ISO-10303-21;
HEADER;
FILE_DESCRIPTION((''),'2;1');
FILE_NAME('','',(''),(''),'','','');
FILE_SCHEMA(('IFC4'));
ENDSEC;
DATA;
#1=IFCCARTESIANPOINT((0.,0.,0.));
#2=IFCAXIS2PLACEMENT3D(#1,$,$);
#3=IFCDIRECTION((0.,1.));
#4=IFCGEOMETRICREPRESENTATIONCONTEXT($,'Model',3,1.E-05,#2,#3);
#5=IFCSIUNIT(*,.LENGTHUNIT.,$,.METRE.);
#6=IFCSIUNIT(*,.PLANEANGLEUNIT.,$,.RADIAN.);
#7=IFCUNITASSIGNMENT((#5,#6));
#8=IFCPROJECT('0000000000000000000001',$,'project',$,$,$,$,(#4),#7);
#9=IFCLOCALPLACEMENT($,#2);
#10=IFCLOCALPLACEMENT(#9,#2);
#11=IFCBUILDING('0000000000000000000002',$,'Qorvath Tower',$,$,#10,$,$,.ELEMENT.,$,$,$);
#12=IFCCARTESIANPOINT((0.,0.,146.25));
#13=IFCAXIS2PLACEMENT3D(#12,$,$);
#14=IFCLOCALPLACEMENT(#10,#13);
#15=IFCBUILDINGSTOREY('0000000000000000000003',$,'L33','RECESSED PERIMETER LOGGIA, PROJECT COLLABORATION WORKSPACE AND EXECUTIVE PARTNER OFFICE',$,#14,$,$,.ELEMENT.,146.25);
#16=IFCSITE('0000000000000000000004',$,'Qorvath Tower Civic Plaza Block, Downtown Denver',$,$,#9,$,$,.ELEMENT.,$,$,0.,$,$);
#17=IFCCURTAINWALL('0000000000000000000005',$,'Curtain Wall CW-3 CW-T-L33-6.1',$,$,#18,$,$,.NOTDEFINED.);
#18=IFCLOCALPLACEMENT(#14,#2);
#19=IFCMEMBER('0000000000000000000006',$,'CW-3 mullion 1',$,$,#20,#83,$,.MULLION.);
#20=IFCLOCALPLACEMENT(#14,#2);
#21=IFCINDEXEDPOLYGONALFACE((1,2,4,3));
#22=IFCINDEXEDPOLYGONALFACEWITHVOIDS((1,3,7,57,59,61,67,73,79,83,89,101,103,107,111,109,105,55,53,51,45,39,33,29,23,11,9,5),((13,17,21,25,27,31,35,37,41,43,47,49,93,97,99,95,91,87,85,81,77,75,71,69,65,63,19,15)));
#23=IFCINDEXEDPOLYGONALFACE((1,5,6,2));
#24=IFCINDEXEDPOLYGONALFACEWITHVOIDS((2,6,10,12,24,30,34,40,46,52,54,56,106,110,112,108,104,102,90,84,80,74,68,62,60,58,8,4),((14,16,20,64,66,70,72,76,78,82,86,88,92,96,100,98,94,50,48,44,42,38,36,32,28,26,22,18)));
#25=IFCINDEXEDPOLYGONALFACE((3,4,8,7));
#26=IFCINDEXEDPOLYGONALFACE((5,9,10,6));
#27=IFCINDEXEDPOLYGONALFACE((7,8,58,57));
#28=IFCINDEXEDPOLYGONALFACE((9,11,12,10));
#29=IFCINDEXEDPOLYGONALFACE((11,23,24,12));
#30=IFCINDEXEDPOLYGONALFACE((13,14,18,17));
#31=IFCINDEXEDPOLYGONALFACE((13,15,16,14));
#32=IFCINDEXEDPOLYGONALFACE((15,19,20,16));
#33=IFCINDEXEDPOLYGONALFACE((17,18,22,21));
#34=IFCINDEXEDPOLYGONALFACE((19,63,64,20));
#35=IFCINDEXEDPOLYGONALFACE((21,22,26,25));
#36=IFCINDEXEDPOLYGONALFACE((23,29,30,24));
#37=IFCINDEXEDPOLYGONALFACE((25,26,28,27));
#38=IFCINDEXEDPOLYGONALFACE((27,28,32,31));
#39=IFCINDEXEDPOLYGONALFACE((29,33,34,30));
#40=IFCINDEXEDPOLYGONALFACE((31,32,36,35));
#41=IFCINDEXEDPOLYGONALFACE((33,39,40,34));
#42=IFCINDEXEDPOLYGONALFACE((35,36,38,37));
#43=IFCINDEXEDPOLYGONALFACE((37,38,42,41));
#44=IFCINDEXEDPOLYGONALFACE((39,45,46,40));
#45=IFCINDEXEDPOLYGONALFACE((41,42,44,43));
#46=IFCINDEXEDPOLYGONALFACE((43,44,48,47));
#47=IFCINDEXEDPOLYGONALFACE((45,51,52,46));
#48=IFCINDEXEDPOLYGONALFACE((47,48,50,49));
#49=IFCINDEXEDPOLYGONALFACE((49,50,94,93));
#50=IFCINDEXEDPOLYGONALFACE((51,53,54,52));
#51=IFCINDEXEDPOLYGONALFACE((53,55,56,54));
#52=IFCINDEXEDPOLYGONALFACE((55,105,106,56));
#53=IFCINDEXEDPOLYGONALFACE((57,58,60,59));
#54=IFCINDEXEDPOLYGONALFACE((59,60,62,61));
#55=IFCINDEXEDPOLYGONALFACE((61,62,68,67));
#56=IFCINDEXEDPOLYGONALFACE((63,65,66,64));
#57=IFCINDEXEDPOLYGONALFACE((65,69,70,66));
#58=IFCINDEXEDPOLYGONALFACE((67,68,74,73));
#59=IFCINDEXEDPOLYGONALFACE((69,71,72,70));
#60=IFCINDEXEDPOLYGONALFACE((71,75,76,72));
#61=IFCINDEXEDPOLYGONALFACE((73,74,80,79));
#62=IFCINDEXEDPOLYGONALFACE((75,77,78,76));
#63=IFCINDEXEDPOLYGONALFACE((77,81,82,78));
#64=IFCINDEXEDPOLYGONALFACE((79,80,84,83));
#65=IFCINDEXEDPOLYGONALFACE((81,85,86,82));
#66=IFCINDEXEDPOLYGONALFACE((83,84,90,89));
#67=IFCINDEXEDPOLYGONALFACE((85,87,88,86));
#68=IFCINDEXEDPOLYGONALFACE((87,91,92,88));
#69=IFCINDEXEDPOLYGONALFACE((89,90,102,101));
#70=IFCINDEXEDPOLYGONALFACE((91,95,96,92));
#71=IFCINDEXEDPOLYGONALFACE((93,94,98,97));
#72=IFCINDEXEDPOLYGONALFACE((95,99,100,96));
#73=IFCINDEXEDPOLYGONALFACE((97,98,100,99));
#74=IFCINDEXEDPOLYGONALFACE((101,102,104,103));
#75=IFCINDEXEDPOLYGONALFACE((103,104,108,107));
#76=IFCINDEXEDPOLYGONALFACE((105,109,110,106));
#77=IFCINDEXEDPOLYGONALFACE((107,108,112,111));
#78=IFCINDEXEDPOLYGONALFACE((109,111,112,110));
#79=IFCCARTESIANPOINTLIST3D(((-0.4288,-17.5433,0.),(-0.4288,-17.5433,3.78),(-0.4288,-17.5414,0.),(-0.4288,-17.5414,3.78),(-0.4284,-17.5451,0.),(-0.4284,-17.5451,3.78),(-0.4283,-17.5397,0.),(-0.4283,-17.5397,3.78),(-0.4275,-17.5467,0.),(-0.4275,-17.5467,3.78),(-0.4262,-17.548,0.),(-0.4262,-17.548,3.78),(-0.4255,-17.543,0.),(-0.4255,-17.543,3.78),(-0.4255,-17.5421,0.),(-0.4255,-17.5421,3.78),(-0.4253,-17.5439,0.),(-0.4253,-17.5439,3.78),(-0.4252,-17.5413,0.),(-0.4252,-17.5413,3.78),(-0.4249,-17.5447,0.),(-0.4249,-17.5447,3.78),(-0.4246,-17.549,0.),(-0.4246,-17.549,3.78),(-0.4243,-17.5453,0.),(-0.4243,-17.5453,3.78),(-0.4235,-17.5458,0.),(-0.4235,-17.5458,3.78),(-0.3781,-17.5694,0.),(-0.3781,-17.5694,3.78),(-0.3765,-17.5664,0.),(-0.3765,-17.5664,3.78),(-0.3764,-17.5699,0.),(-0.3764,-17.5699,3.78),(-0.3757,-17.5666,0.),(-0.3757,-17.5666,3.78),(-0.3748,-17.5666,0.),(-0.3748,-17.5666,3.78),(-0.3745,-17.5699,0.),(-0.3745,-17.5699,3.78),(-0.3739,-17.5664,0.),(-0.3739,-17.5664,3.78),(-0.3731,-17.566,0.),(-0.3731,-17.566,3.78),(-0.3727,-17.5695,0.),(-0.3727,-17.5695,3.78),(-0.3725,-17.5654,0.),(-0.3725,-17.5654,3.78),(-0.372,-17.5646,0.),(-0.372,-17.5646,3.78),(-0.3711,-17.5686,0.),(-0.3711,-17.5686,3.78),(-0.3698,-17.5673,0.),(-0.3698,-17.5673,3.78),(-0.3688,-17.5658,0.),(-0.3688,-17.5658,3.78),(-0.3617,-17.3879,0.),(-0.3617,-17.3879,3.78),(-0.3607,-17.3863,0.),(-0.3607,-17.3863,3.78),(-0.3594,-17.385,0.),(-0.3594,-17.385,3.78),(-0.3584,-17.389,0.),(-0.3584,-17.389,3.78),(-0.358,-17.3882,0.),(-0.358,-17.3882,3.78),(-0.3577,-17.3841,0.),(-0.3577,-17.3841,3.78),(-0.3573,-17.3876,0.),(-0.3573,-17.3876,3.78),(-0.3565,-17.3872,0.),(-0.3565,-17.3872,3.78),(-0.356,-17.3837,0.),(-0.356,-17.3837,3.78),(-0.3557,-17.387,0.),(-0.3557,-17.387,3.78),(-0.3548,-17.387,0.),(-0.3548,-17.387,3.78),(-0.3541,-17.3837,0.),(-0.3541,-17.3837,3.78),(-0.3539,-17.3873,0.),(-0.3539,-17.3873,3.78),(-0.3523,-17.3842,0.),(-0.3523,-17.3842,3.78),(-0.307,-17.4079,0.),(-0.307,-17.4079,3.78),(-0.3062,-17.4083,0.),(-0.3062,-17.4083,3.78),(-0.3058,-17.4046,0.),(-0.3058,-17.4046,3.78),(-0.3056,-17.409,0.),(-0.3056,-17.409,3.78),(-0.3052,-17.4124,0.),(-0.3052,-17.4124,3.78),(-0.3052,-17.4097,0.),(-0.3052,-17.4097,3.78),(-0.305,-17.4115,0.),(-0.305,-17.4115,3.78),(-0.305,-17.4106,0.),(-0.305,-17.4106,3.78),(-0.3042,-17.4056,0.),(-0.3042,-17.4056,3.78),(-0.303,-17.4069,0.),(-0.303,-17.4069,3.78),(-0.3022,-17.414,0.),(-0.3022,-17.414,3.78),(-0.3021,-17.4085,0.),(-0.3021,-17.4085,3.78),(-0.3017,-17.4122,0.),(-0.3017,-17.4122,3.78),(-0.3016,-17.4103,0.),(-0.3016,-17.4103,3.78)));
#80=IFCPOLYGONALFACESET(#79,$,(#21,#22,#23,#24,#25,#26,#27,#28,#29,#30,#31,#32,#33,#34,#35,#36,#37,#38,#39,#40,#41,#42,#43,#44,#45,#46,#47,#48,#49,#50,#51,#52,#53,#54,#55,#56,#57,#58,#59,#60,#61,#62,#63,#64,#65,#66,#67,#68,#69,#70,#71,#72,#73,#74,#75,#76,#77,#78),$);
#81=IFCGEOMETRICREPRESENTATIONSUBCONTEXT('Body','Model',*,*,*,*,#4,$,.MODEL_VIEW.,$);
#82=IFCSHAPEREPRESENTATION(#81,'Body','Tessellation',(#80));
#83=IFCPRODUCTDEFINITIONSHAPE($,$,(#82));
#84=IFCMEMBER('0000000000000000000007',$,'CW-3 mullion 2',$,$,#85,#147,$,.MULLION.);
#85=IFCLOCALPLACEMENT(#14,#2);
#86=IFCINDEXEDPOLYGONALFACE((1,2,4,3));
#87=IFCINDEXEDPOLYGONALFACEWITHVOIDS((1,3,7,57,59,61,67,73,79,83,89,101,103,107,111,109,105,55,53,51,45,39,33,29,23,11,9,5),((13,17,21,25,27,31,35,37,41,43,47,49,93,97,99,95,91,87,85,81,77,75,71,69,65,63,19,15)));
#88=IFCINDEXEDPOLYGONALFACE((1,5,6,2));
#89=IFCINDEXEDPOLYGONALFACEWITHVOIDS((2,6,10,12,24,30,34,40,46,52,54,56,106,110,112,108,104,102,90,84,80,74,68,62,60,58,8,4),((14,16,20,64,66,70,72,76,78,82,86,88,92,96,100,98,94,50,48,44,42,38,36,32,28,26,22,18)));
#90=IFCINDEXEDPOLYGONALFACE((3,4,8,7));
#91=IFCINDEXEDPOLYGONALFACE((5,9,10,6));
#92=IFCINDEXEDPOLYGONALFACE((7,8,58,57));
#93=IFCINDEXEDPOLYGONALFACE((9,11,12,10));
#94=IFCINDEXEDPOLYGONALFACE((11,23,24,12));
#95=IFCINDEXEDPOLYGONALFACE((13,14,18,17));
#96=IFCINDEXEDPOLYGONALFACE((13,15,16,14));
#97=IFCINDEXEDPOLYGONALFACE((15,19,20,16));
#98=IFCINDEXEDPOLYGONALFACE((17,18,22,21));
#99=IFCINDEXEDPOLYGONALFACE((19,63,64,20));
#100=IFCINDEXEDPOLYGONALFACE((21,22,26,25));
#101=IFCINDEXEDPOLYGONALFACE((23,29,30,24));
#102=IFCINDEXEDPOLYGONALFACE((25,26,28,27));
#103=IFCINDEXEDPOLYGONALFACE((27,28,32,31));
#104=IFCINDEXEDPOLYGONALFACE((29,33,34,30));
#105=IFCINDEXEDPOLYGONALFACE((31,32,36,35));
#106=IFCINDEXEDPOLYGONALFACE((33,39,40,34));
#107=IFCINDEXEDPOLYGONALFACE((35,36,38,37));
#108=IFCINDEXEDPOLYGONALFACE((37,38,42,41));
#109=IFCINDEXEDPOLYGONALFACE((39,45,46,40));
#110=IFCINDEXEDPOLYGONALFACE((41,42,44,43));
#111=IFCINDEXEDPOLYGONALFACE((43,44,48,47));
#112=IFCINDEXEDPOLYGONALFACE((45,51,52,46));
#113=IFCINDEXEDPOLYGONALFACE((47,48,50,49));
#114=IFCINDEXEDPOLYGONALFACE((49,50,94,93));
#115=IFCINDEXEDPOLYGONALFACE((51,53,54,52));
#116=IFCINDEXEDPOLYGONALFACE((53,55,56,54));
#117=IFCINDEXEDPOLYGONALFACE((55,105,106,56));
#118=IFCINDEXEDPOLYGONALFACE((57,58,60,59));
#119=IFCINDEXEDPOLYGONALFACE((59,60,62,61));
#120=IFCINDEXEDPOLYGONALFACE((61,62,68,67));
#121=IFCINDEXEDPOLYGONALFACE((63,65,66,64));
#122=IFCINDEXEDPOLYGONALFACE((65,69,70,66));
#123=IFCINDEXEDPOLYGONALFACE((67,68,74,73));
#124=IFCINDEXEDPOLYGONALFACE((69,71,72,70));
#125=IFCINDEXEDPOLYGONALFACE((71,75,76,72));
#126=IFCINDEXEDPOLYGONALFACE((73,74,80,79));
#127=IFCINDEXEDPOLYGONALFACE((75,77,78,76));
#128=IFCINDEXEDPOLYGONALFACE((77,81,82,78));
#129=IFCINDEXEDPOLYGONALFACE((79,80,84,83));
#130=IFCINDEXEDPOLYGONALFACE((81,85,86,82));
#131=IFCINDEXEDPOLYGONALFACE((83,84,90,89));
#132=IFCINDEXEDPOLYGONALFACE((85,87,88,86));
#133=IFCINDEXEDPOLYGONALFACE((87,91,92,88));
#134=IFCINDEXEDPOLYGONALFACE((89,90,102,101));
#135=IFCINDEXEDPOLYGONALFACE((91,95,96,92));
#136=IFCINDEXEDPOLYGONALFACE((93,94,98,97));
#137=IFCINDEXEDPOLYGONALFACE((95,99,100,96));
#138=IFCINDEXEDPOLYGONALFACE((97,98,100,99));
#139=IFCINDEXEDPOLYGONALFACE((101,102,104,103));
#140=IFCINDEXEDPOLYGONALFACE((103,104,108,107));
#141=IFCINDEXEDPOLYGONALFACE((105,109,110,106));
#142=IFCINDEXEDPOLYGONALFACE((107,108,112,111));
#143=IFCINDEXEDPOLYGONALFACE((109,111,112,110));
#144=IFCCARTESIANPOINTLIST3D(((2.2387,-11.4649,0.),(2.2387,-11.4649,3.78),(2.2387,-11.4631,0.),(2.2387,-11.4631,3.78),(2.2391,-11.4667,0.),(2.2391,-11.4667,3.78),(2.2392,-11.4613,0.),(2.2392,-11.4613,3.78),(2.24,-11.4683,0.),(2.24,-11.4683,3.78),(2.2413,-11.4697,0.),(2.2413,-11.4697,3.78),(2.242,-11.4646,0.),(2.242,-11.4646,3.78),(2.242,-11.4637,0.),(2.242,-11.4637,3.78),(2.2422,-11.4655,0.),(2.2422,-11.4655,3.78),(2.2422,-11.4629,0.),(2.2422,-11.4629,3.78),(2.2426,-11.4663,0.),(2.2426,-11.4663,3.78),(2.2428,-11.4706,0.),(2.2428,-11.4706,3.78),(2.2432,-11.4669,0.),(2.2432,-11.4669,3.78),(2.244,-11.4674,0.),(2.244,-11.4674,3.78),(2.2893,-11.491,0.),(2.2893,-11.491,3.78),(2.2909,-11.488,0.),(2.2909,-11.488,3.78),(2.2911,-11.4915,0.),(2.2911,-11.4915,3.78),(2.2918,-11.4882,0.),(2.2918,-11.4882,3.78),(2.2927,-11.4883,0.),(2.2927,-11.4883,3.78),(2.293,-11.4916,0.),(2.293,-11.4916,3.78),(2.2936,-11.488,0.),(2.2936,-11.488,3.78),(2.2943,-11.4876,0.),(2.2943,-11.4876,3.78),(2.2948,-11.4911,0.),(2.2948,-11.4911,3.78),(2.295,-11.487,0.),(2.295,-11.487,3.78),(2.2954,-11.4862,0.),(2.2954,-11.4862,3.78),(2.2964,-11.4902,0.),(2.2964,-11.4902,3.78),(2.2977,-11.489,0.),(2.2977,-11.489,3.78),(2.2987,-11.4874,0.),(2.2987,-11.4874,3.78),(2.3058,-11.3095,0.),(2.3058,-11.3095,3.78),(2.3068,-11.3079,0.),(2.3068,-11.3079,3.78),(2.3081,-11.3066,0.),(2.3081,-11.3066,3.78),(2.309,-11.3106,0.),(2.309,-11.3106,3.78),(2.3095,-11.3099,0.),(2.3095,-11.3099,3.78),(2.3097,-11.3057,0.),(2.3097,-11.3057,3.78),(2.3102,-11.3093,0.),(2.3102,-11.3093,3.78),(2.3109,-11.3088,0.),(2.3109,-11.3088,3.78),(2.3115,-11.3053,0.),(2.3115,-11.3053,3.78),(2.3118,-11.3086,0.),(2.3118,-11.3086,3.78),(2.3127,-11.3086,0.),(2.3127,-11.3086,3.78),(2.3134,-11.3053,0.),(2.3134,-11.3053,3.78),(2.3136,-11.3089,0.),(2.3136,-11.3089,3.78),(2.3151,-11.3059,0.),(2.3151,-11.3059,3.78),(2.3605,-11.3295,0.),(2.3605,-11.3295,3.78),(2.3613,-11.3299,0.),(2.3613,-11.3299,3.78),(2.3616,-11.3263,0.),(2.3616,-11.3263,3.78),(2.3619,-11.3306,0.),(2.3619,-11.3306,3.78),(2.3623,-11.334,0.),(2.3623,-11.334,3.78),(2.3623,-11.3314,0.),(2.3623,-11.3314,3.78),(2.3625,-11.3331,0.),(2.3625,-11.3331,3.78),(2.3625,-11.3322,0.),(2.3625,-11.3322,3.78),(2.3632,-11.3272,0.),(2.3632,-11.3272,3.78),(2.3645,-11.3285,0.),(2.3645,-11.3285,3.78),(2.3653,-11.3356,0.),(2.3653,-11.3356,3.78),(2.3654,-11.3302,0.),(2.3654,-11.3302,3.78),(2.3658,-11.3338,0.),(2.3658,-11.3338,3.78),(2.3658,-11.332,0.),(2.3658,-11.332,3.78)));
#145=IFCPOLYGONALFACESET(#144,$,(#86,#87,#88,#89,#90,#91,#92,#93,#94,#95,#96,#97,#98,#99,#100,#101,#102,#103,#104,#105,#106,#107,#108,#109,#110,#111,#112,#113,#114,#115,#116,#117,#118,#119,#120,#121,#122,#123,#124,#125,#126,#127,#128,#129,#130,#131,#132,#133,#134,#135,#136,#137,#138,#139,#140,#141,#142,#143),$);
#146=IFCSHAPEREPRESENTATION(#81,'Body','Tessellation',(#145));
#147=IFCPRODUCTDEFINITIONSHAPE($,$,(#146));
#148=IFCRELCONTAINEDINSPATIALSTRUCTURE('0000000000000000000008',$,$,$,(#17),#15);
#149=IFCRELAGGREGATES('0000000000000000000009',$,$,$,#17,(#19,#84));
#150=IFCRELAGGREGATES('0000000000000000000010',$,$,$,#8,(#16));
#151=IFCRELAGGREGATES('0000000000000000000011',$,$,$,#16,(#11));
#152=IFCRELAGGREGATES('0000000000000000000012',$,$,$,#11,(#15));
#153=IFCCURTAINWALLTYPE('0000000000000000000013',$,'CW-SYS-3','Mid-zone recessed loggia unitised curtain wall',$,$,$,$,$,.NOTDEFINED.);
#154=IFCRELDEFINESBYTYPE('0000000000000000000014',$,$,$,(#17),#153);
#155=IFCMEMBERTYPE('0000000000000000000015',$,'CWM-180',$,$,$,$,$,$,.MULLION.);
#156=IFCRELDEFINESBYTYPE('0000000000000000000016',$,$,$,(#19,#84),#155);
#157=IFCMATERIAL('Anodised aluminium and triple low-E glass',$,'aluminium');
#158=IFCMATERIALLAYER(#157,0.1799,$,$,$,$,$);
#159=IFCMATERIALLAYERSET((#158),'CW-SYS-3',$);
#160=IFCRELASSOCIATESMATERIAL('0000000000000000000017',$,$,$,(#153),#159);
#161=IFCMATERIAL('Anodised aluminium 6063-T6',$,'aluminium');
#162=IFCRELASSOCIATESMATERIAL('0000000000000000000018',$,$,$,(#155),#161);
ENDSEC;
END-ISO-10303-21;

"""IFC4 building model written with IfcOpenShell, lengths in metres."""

from ifc_helpers import new_model, si_unit, direction, frame, origin, origin_2d, place, context, subcontext, project, spatial, hollow_rectangle, extrude, material, layer, layer_set, material_profile, profile_set, type_object, element, aggregate, save


model = new_model("IFC4")

# Units and contexts
model_context = context("Model", 3, precision=1e-05, world=origin(), true_north=direction((0.0, 1.0)))
body_context = subcontext(model_context, "Body", "Model", "MODEL_VIEW")
ifc_project = project(units=[si_unit("LENGTHUNIT", "METRE"), si_unit("PLANEANGLEUNIT", "RADIAN")], contexts=[model_context])

# Site, building, storey
site_placement = place(None, origin())
site = spatial("IfcSite", under=ifc_project, at=site_placement, Name="Qorvath Tower Civic Plaza Block, Downtown Denver", CompositionType="ELEMENT", RefElevation=0.0)
building_placement = place(site_placement, origin())
building = spatial("IfcBuilding", under=site, at=building_placement, Name="Qorvath Tower", CompositionType="ELEMENT")
storey_placement = place(building_placement, frame((0.0, 0.0, 146.25)))
storey = spatial("IfcBuildingStorey", under=building, at=storey_placement, Name="L33", Description="RECESSED PERIMETER LOGGIA, PROJECT COLLABORATION WORKSPACE AND EXECUTIVE PARTNER OFFICE", CompositionType="ELEMENT", Elevation=146.25)

# Curtain wall, members
ifc_material_1 = material(Name="Anodised aluminium and triple low-E glass", Category="aluminium")
ifc_layer_1 = layer(ifc_material_1, 0.1799)
ifc_layer_set_1 = layer_set([ifc_layer_1], Name="CW-SYS-3")
curtain_wall_type = type_object("IfcCurtainWallType", Name="CW-SYS-3", Description="Mid-zone recessed loggia unitised curtain wall", PredefinedType="NOTDEFINED", material=ifc_layer_set_1)
ifc_material_2 = material(Name="Anodised aluminium 6063-T6", Category="aluminium")
ifc_material_profile_1 = material_profile(ifc_material_2, hollow_rectangle(XDim=0.0649, YDim=0.1799, WallThickness=0.0034, InnerFilletRadius=0.0034, OuterFilletRadius=0.0071, at=origin_2d()), Name="CWM 180x65")
ifc_profile_set_1 = profile_set([ifc_material_profile_1], Name="Anodised aluminium 6063-T6")
member_type_1 = type_object("IfcMemberType", Name="CWM-180", PredefinedType="MULLION", material=ifc_profile_set_1)
curtain_wall_1_placement = place(storey_placement, origin())
curtain_wall_1 = element("IfcCurtainWall", 1, at=curtain_wall_1_placement, inside=storey, type_object=curtain_wall_type, Name="Curtain Wall CW-3 CW-T-L33-6.1", PredefinedType="NOTDEFINED")
member_1_placement = place(storey_placement, frame((-0.3652, -17.4768, 0.0), z_axis=(0.0, 0.0, 1.0), x_axis=(-0.915704, 0.401854, 0.0)))
member_1 = element("IfcMember", 2, at=member_1_placement, type_object=member_type_1, Name="CW-3 mullion 1", PredefinedType="MULLION", context=body_context, shape_type="SweptSolid", body=[
    extrude(hollow_rectangle(XDim=0.0649, YDim=0.1799, WallThickness=0.0034, InnerFilletRadius=0.0034, OuterFilletRadius=0.0071, at=origin_2d()), origin(), (0.0, 0.0, 1.0), 3.78),
])
member_2_placement = place(storey_placement, frame((2.3022, -11.3984, 0.0), z_axis=(0.0, 0.0, 1.0), x_axis=(-0.915704, 0.401854, 0.0)))
member_2 = element("IfcMember", 3, at=member_2_placement, type_object=member_type_1, Name="CW-3 mullion 2", PredefinedType="MULLION", context=body_context, shape_type="SweptSolid", body=[
    extrude(hollow_rectangle(XDim=0.0649, YDim=0.1799, WallThickness=0.0034, InnerFilletRadius=0.0034, OuterFilletRadius=0.0071, at=origin_2d()), origin(), (0.0, 0.0, 1.0), 3.78),
])

aggregate(curtain_wall_1, [member_1, member_2])

save(model, "model.ifc")
